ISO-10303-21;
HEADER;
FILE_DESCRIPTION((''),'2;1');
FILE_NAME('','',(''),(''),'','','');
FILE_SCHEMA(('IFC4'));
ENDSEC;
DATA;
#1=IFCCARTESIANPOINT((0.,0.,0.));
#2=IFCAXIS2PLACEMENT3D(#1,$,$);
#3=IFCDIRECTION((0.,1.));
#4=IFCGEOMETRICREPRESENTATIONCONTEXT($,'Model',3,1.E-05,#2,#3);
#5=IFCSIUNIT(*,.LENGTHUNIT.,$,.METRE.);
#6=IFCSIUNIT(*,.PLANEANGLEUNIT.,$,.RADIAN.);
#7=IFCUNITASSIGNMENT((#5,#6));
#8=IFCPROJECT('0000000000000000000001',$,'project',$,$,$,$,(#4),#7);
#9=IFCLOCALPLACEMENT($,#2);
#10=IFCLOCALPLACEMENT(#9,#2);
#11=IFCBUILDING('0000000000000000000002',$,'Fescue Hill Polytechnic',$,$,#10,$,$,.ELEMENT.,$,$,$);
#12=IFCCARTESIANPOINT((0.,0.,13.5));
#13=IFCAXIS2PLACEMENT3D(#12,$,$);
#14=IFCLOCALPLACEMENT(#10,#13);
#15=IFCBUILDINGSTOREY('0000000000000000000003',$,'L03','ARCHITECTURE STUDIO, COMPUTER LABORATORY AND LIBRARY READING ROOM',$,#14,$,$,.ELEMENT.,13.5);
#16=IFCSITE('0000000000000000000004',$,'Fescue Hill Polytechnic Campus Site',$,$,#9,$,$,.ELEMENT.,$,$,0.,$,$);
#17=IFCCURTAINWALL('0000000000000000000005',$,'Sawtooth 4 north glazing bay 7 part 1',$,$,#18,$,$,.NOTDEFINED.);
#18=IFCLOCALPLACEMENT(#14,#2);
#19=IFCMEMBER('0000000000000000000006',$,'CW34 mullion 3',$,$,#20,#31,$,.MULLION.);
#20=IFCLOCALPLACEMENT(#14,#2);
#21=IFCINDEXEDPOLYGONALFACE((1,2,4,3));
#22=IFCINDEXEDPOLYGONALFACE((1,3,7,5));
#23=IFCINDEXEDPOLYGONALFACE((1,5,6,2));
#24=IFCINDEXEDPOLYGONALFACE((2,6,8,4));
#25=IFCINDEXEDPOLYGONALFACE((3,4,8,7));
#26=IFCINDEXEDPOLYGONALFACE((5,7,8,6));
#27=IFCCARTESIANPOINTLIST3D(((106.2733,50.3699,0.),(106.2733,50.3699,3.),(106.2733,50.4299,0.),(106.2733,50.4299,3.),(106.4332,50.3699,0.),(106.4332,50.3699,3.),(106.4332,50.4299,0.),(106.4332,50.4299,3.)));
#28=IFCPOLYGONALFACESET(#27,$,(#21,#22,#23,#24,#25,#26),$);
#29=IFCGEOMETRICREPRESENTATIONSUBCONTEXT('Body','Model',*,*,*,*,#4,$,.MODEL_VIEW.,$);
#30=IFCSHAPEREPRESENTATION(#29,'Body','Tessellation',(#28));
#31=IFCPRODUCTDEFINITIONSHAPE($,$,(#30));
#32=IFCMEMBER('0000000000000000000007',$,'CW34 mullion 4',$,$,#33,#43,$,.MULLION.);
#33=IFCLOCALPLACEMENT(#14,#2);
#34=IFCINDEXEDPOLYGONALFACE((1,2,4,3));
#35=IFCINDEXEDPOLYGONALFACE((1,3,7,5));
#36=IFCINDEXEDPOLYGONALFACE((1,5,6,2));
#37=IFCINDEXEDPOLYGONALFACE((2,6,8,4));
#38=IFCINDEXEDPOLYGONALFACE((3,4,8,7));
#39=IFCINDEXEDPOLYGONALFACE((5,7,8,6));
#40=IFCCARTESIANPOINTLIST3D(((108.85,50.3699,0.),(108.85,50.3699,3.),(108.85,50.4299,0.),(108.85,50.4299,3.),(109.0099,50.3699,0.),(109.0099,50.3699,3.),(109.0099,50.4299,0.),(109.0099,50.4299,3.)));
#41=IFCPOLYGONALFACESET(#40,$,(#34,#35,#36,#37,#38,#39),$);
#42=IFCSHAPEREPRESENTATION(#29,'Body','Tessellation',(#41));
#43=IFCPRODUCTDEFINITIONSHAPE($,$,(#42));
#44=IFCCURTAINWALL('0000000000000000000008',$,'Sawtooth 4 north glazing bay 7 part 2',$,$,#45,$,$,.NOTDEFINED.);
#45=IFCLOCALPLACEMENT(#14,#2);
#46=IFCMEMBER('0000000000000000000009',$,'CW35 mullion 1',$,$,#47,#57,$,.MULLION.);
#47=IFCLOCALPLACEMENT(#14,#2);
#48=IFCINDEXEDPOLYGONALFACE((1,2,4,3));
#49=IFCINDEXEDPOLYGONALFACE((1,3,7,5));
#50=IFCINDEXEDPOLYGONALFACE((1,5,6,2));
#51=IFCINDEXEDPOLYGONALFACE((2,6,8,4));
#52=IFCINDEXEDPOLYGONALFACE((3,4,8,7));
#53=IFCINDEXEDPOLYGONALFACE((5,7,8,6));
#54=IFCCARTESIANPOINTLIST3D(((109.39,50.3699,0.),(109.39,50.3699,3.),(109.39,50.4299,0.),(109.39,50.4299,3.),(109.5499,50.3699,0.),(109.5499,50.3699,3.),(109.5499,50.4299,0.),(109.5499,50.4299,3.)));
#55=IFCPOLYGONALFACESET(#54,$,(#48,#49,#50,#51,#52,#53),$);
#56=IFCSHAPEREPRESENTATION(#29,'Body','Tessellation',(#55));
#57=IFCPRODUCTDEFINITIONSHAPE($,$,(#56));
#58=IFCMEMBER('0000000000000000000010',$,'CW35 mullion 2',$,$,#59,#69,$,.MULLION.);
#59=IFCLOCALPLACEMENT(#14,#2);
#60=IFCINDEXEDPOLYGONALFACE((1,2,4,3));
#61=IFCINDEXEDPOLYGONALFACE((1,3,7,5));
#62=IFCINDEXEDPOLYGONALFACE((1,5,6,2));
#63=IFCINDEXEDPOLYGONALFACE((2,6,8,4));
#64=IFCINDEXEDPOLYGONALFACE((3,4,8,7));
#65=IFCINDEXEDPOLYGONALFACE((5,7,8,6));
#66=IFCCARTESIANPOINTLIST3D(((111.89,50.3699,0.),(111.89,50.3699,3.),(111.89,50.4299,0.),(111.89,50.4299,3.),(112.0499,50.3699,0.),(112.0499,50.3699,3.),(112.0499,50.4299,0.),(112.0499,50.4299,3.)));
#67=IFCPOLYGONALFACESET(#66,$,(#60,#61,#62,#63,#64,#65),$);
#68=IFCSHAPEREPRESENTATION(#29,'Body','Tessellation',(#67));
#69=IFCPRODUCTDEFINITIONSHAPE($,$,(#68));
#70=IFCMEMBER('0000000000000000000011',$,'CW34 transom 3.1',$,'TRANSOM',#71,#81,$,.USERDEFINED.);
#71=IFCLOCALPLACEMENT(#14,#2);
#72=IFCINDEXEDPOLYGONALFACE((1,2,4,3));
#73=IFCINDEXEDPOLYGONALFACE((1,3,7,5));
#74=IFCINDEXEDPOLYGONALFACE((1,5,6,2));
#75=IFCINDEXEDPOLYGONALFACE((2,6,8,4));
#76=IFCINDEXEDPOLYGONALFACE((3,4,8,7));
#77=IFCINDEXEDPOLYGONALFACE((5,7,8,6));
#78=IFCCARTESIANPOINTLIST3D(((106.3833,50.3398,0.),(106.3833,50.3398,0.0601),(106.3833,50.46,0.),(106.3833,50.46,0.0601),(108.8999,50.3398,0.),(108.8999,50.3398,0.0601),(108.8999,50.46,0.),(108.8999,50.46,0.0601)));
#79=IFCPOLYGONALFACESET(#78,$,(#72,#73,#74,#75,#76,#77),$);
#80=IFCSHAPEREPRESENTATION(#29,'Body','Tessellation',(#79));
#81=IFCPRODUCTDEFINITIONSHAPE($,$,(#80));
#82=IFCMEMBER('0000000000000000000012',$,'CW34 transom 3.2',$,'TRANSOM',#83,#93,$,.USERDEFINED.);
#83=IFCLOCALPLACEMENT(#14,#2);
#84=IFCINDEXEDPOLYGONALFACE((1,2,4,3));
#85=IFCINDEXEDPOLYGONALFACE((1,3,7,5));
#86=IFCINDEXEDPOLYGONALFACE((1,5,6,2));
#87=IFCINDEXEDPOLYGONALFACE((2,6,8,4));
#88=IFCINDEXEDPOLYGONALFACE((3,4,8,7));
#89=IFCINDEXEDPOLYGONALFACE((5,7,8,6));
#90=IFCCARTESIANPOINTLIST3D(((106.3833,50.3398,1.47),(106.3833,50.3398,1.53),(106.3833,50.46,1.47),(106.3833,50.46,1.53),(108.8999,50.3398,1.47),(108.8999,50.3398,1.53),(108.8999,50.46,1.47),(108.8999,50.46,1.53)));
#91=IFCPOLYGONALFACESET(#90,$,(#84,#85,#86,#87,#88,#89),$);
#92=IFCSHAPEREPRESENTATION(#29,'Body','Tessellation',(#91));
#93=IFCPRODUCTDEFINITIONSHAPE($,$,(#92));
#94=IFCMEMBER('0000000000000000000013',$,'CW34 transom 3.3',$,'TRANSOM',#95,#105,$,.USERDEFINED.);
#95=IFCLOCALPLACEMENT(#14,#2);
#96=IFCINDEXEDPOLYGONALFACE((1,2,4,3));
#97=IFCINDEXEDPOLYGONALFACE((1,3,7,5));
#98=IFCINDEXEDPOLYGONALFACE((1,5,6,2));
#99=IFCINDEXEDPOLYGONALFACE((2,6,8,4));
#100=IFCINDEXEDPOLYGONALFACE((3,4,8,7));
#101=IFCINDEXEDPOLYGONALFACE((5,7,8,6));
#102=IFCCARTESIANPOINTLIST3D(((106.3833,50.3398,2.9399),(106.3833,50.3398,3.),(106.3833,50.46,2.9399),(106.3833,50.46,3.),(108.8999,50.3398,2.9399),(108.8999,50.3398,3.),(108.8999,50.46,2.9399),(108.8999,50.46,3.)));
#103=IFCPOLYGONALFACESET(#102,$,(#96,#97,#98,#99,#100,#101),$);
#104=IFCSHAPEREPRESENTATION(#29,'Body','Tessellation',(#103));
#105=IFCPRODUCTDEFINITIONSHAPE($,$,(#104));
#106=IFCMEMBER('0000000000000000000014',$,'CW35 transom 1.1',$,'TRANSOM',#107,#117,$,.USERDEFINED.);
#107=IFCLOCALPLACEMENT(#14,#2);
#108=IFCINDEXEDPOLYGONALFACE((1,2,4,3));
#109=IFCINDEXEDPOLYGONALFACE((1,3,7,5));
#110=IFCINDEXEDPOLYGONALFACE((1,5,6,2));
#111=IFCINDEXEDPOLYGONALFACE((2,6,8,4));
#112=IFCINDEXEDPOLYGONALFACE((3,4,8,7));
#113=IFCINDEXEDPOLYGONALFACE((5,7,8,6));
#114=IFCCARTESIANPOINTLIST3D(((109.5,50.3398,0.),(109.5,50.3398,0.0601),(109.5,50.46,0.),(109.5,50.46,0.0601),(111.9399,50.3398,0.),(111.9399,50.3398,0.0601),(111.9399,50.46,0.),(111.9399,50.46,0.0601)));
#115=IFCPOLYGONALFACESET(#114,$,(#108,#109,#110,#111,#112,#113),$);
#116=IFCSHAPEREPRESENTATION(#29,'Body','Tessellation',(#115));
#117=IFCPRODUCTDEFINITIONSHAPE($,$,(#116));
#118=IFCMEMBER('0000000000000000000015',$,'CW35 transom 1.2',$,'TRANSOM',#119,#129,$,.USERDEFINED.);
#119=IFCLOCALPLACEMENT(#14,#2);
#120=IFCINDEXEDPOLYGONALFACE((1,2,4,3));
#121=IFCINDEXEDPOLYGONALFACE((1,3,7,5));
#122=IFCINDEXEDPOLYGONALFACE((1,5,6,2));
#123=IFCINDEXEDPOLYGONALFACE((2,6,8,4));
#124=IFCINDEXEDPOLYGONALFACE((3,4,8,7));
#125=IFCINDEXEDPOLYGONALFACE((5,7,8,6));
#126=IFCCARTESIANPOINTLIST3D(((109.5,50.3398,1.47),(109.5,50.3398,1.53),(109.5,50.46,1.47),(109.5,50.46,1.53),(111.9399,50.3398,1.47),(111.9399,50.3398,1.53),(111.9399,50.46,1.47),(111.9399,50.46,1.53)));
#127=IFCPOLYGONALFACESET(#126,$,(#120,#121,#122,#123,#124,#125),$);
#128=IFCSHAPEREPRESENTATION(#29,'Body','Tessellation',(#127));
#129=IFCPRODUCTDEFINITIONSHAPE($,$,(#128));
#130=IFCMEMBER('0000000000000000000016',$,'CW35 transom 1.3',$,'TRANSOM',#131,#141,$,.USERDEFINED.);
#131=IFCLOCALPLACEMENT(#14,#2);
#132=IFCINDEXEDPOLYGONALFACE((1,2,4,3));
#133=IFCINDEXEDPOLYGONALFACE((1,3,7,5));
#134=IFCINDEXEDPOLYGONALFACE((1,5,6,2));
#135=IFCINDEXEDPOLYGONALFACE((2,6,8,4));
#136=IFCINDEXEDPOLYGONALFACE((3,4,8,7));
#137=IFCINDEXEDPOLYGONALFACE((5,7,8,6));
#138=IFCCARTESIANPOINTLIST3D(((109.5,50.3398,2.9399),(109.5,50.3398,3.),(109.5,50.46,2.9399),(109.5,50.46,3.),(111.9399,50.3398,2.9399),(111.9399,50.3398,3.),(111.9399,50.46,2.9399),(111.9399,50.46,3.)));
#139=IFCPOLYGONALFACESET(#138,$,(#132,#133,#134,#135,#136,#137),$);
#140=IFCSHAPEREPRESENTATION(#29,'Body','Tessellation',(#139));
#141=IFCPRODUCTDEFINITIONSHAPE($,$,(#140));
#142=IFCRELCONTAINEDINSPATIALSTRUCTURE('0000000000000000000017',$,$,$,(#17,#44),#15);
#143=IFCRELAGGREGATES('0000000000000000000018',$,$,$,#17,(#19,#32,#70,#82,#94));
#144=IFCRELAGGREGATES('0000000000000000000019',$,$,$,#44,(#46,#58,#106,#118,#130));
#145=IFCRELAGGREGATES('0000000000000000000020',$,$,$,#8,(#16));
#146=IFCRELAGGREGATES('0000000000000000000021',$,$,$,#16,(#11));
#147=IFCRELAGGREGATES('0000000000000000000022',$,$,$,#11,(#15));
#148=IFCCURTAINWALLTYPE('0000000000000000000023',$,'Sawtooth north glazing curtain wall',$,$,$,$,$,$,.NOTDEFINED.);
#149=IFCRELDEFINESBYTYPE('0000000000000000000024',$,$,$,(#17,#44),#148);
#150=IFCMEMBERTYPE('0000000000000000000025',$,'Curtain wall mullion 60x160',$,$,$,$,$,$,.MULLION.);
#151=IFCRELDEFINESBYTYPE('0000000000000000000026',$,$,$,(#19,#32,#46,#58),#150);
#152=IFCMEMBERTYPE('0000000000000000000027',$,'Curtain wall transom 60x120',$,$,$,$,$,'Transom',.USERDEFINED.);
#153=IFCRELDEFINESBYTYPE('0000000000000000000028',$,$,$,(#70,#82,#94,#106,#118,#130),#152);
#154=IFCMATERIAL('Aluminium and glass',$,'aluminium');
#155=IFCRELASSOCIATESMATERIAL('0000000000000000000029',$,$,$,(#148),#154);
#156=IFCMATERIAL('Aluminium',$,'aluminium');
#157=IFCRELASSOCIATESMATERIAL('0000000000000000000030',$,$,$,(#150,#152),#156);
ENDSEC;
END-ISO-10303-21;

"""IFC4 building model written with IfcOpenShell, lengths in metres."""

from ifc_helpers import new_model, si_unit, direction, frame, origin, origin_2d, place, context, subcontext, project, spatial, rectangle, extrude, material, material_profile, profile_set, type_object, element, aggregate, save


model = new_model("IFC4")

# Units and contexts
model_context = context("Model", 3, precision=1e-05, world=origin(), true_north=direction((0.0, 1.0)))
body_context = subcontext(model_context, "Body", "Model", "MODEL_VIEW")
ifc_project = project(units=[si_unit("LENGTHUNIT", "METRE"), si_unit("PLANEANGLEUNIT", "RADIAN")], contexts=[model_context])

# Site, building, storey
site_placement = place(None, origin())
site = spatial("IfcSite", under=ifc_project, at=site_placement, Name="Fescue Hill Polytechnic Campus Site", CompositionType="ELEMENT", RefElevation=0.0)
building_placement = place(site_placement, origin())
building = spatial("IfcBuilding", under=site, at=building_placement, Name="Fescue Hill Polytechnic", CompositionType="ELEMENT")
storey_placement = place(building_placement, frame((0.0, 0.0, 13.5)))
storey = spatial("IfcBuildingStorey", under=building, at=storey_placement, Name="L03", Description="ARCHITECTURE STUDIO, COMPUTER LABORATORY AND LIBRARY READING ROOM", CompositionType="ELEMENT", Elevation=13.5)

# Curtain walls, members
ifc_material_1 = material(Name="Aluminium and glass", Category="aluminium")
curtain_wall_type = type_object("IfcCurtainWallType", Name="Sawtooth north glazing curtain wall", PredefinedType="NOTDEFINED", material=ifc_material_1)
curtain_wall_1_placement = place(storey_placement, origin())
curtain_wall_1 = element("IfcCurtainWall", 1, at=curtain_wall_1_placement, inside=storey, type_object=curtain_wall_type, Name="Sawtooth 4 north glazing bay 7 part 1", PredefinedType="NOTDEFINED")
ifc_material_2 = material(Name="Aluminium", Category="aluminium")
ifc_material_profile_1 = material_profile(ifc_material_2, rectangle(XDim=0.0601, YDim=0.1599, at=origin_2d()), Name="Curtain wall mullion 60x160")
ifc_profile_set_1 = profile_set([ifc_material_profile_1], Name="Aluminium")
member_type_1 = type_object("IfcMemberType", Name="Curtain wall mullion 60x160", PredefinedType="MULLION", material=ifc_profile_set_1)
member_1_placement = place(storey_placement, frame((106.3533, 50.3999, 0.0), z_axis=(0.0, 0.0, 1.0), x_axis=(0.0, 1.0, 0.0)))
member_1 = element("IfcMember", 2, at=member_1_placement, type_object=member_type_1, Name="CW34 mullion 3", PredefinedType="MULLION", context=body_context, shape_type="SweptSolid", body=[
    extrude(rectangle(XDim=0.0601, YDim=0.1599, at=origin_2d()), origin(), (0.0, 0.0, 1.0), 3.0),
])
member_2_placement = place(storey_placement, frame((108.9299, 50.3999, 0.0), z_axis=(0.0, 0.0, 1.0), x_axis=(0.0, 1.0, 0.0)))
member_2 = element("IfcMember", 3, at=member_2_placement, type_object=member_type_1, Name="CW34 mullion 4", PredefinedType="MULLION", context=body_context, shape_type="SweptSolid", body=[
    extrude(rectangle(XDim=0.0601, YDim=0.1599, at=origin_2d()), origin(), (0.0, 0.0, 1.0), 3.0),
])
curtain_wall_2_placement = place(storey_placement, origin())
curtain_wall_2 = element("IfcCurtainWall", 4, at=curtain_wall_2_placement, inside=storey, type_object=curtain_wall_type, Name="Sawtooth 4 north glazing bay 7 part 2", PredefinedType="NOTDEFINED")
member_3_placement = place(storey_placement, frame((109.47, 50.3999, 0.0), z_axis=(0.0, 0.0, 1.0), x_axis=(0.0, 1.0, 0.0)))
member_3 = element("IfcMember", 5, at=member_3_placement, type_object=member_type_1, Name="CW35 mullion 1", PredefinedType="MULLION", context=body_context, shape_type="SweptSolid", body=[
    extrude(rectangle(XDim=0.0601, YDim=0.1599, at=origin_2d()), origin(), (0.0, 0.0, 1.0), 3.0),
])
member_4_placement = place(storey_placement, frame((111.97, 50.3999, 0.0), z_axis=(0.0, 0.0, 1.0), x_axis=(0.0, 1.0, 0.0)))
member_4 = element("IfcMember", 6, at=member_4_placement, type_object=member_type_1, Name="CW35 mullion 2", PredefinedType="MULLION", context=body_context, shape_type="SweptSolid", body=[
    extrude(rectangle(XDim=0.0601, YDim=0.1599, at=origin_2d()), origin(), (0.0, 0.0, 1.0), 3.0),
])

# Members
ifc_material_profile_2 = material_profile(ifc_material_2, rectangle(XDim=0.1201, YDim=0.0601, at=origin_2d()), Name="Curtain wall transom 60x120")
ifc_profile_set_2 = profile_set([ifc_material_profile_2], Name="Aluminium")
member_type_2 = type_object("IfcMemberType", Name="Curtain wall transom 60x120", ElementType="Transom", PredefinedType="USERDEFINED", material=ifc_profile_set_2)
member_5_placement = place(storey_placement, frame((106.3833, 50.3999, 0.03), z_axis=(1.0, 0.0, 0.0), x_axis=(0.0, 1.0, 0.0)))
member_5 = element("IfcMember", 7, at=member_5_placement, type_object=member_type_2, Name="CW34 transom 3.1", ObjectType="TRANSOM", PredefinedType="USERDEFINED", context=body_context, shape_type="SweptSolid", body=[
    extrude(rectangle(XDim=0.1201, YDim=0.0601, at=origin_2d()), origin(), (0.0, 0.0, 1.0), 2.5166),
])
member_6_placement = place(storey_placement, frame((106.3833, 50.3999, 1.5), z_axis=(1.0, 0.0, 0.0), x_axis=(0.0, 1.0, 0.0)))
member_6 = element("IfcMember", 8, at=member_6_placement, type_object=member_type_2, Name="CW34 transom 3.2", ObjectType="TRANSOM", PredefinedType="USERDEFINED", context=body_context, shape_type="SweptSolid", body=[
    extrude(rectangle(XDim=0.1201, YDim=0.0601, at=origin_2d()), origin(), (0.0, 0.0, 1.0), 2.5166),
])
member_7_placement = place(storey_placement, frame((106.3833, 50.3999, 2.97), z_axis=(1.0, 0.0, 0.0), x_axis=(0.0, 1.0, 0.0)))
member_7 = element("IfcMember", 9, at=member_7_placement, type_object=member_type_2, Name="CW34 transom 3.3", ObjectType="TRANSOM", PredefinedType="USERDEFINED", context=body_context, shape_type="SweptSolid", body=[
    extrude(rectangle(XDim=0.1201, YDim=0.0601, at=origin_2d()), origin(), (0.0, 0.0, 1.0), 2.5166),
])
member_8_placement = place(storey_placement, frame((109.5, 50.3999, 0.03), z_axis=(1.0, 0.0, 0.0), x_axis=(0.0, 1.0, 0.0)))
member_8 = element("IfcMember", 10, at=member_8_placement, type_object=member_type_2, Name="CW35 transom 1.1", ObjectType="TRANSOM", PredefinedType="USERDEFINED", context=body_context, shape_type="SweptSolid", body=[
    extrude(rectangle(XDim=0.1201, YDim=0.0601, at=origin_2d()), origin(), (0.0, 0.0, 1.0), 2.4399),
])
member_9_placement = place(storey_placement, frame((109.5, 50.3999, 1.5), z_axis=(1.0, 0.0, 0.0), x_axis=(0.0, 1.0, 0.0)))
member_9 = element("IfcMember", 11, at=member_9_placement, type_object=member_type_2, Name="CW35 transom 1.2", ObjectType="TRANSOM", PredefinedType="USERDEFINED", context=body_context, shape_type="SweptSolid", body=[
    extrude(rectangle(XDim=0.1201, YDim=0.0601, at=origin_2d()), origin(), (0.0, 0.0, 1.0), 2.4399),
])
member_10_placement = place(storey_placement, frame((109.5, 50.3999, 2.97), z_axis=(1.0, 0.0, 0.0), x_axis=(0.0, 1.0, 0.0)))
member_10 = element("IfcMember", 12, at=member_10_placement, type_object=member_type_2, Name="CW35 transom 1.3", ObjectType="TRANSOM", PredefinedType="USERDEFINED", context=body_context, shape_type="SweptSolid", body=[
    extrude(rectangle(XDim=0.1201, YDim=0.0601, at=origin_2d()), origin(), (0.0, 0.0, 1.0), 2.4399),
])

aggregate(curtain_wall_1, [member_1, member_2, member_5, member_6, member_7])
aggregate(curtain_wall_2, [member_3, member_4, member_8, member_9, member_10])

save(model, "model.ifc")
